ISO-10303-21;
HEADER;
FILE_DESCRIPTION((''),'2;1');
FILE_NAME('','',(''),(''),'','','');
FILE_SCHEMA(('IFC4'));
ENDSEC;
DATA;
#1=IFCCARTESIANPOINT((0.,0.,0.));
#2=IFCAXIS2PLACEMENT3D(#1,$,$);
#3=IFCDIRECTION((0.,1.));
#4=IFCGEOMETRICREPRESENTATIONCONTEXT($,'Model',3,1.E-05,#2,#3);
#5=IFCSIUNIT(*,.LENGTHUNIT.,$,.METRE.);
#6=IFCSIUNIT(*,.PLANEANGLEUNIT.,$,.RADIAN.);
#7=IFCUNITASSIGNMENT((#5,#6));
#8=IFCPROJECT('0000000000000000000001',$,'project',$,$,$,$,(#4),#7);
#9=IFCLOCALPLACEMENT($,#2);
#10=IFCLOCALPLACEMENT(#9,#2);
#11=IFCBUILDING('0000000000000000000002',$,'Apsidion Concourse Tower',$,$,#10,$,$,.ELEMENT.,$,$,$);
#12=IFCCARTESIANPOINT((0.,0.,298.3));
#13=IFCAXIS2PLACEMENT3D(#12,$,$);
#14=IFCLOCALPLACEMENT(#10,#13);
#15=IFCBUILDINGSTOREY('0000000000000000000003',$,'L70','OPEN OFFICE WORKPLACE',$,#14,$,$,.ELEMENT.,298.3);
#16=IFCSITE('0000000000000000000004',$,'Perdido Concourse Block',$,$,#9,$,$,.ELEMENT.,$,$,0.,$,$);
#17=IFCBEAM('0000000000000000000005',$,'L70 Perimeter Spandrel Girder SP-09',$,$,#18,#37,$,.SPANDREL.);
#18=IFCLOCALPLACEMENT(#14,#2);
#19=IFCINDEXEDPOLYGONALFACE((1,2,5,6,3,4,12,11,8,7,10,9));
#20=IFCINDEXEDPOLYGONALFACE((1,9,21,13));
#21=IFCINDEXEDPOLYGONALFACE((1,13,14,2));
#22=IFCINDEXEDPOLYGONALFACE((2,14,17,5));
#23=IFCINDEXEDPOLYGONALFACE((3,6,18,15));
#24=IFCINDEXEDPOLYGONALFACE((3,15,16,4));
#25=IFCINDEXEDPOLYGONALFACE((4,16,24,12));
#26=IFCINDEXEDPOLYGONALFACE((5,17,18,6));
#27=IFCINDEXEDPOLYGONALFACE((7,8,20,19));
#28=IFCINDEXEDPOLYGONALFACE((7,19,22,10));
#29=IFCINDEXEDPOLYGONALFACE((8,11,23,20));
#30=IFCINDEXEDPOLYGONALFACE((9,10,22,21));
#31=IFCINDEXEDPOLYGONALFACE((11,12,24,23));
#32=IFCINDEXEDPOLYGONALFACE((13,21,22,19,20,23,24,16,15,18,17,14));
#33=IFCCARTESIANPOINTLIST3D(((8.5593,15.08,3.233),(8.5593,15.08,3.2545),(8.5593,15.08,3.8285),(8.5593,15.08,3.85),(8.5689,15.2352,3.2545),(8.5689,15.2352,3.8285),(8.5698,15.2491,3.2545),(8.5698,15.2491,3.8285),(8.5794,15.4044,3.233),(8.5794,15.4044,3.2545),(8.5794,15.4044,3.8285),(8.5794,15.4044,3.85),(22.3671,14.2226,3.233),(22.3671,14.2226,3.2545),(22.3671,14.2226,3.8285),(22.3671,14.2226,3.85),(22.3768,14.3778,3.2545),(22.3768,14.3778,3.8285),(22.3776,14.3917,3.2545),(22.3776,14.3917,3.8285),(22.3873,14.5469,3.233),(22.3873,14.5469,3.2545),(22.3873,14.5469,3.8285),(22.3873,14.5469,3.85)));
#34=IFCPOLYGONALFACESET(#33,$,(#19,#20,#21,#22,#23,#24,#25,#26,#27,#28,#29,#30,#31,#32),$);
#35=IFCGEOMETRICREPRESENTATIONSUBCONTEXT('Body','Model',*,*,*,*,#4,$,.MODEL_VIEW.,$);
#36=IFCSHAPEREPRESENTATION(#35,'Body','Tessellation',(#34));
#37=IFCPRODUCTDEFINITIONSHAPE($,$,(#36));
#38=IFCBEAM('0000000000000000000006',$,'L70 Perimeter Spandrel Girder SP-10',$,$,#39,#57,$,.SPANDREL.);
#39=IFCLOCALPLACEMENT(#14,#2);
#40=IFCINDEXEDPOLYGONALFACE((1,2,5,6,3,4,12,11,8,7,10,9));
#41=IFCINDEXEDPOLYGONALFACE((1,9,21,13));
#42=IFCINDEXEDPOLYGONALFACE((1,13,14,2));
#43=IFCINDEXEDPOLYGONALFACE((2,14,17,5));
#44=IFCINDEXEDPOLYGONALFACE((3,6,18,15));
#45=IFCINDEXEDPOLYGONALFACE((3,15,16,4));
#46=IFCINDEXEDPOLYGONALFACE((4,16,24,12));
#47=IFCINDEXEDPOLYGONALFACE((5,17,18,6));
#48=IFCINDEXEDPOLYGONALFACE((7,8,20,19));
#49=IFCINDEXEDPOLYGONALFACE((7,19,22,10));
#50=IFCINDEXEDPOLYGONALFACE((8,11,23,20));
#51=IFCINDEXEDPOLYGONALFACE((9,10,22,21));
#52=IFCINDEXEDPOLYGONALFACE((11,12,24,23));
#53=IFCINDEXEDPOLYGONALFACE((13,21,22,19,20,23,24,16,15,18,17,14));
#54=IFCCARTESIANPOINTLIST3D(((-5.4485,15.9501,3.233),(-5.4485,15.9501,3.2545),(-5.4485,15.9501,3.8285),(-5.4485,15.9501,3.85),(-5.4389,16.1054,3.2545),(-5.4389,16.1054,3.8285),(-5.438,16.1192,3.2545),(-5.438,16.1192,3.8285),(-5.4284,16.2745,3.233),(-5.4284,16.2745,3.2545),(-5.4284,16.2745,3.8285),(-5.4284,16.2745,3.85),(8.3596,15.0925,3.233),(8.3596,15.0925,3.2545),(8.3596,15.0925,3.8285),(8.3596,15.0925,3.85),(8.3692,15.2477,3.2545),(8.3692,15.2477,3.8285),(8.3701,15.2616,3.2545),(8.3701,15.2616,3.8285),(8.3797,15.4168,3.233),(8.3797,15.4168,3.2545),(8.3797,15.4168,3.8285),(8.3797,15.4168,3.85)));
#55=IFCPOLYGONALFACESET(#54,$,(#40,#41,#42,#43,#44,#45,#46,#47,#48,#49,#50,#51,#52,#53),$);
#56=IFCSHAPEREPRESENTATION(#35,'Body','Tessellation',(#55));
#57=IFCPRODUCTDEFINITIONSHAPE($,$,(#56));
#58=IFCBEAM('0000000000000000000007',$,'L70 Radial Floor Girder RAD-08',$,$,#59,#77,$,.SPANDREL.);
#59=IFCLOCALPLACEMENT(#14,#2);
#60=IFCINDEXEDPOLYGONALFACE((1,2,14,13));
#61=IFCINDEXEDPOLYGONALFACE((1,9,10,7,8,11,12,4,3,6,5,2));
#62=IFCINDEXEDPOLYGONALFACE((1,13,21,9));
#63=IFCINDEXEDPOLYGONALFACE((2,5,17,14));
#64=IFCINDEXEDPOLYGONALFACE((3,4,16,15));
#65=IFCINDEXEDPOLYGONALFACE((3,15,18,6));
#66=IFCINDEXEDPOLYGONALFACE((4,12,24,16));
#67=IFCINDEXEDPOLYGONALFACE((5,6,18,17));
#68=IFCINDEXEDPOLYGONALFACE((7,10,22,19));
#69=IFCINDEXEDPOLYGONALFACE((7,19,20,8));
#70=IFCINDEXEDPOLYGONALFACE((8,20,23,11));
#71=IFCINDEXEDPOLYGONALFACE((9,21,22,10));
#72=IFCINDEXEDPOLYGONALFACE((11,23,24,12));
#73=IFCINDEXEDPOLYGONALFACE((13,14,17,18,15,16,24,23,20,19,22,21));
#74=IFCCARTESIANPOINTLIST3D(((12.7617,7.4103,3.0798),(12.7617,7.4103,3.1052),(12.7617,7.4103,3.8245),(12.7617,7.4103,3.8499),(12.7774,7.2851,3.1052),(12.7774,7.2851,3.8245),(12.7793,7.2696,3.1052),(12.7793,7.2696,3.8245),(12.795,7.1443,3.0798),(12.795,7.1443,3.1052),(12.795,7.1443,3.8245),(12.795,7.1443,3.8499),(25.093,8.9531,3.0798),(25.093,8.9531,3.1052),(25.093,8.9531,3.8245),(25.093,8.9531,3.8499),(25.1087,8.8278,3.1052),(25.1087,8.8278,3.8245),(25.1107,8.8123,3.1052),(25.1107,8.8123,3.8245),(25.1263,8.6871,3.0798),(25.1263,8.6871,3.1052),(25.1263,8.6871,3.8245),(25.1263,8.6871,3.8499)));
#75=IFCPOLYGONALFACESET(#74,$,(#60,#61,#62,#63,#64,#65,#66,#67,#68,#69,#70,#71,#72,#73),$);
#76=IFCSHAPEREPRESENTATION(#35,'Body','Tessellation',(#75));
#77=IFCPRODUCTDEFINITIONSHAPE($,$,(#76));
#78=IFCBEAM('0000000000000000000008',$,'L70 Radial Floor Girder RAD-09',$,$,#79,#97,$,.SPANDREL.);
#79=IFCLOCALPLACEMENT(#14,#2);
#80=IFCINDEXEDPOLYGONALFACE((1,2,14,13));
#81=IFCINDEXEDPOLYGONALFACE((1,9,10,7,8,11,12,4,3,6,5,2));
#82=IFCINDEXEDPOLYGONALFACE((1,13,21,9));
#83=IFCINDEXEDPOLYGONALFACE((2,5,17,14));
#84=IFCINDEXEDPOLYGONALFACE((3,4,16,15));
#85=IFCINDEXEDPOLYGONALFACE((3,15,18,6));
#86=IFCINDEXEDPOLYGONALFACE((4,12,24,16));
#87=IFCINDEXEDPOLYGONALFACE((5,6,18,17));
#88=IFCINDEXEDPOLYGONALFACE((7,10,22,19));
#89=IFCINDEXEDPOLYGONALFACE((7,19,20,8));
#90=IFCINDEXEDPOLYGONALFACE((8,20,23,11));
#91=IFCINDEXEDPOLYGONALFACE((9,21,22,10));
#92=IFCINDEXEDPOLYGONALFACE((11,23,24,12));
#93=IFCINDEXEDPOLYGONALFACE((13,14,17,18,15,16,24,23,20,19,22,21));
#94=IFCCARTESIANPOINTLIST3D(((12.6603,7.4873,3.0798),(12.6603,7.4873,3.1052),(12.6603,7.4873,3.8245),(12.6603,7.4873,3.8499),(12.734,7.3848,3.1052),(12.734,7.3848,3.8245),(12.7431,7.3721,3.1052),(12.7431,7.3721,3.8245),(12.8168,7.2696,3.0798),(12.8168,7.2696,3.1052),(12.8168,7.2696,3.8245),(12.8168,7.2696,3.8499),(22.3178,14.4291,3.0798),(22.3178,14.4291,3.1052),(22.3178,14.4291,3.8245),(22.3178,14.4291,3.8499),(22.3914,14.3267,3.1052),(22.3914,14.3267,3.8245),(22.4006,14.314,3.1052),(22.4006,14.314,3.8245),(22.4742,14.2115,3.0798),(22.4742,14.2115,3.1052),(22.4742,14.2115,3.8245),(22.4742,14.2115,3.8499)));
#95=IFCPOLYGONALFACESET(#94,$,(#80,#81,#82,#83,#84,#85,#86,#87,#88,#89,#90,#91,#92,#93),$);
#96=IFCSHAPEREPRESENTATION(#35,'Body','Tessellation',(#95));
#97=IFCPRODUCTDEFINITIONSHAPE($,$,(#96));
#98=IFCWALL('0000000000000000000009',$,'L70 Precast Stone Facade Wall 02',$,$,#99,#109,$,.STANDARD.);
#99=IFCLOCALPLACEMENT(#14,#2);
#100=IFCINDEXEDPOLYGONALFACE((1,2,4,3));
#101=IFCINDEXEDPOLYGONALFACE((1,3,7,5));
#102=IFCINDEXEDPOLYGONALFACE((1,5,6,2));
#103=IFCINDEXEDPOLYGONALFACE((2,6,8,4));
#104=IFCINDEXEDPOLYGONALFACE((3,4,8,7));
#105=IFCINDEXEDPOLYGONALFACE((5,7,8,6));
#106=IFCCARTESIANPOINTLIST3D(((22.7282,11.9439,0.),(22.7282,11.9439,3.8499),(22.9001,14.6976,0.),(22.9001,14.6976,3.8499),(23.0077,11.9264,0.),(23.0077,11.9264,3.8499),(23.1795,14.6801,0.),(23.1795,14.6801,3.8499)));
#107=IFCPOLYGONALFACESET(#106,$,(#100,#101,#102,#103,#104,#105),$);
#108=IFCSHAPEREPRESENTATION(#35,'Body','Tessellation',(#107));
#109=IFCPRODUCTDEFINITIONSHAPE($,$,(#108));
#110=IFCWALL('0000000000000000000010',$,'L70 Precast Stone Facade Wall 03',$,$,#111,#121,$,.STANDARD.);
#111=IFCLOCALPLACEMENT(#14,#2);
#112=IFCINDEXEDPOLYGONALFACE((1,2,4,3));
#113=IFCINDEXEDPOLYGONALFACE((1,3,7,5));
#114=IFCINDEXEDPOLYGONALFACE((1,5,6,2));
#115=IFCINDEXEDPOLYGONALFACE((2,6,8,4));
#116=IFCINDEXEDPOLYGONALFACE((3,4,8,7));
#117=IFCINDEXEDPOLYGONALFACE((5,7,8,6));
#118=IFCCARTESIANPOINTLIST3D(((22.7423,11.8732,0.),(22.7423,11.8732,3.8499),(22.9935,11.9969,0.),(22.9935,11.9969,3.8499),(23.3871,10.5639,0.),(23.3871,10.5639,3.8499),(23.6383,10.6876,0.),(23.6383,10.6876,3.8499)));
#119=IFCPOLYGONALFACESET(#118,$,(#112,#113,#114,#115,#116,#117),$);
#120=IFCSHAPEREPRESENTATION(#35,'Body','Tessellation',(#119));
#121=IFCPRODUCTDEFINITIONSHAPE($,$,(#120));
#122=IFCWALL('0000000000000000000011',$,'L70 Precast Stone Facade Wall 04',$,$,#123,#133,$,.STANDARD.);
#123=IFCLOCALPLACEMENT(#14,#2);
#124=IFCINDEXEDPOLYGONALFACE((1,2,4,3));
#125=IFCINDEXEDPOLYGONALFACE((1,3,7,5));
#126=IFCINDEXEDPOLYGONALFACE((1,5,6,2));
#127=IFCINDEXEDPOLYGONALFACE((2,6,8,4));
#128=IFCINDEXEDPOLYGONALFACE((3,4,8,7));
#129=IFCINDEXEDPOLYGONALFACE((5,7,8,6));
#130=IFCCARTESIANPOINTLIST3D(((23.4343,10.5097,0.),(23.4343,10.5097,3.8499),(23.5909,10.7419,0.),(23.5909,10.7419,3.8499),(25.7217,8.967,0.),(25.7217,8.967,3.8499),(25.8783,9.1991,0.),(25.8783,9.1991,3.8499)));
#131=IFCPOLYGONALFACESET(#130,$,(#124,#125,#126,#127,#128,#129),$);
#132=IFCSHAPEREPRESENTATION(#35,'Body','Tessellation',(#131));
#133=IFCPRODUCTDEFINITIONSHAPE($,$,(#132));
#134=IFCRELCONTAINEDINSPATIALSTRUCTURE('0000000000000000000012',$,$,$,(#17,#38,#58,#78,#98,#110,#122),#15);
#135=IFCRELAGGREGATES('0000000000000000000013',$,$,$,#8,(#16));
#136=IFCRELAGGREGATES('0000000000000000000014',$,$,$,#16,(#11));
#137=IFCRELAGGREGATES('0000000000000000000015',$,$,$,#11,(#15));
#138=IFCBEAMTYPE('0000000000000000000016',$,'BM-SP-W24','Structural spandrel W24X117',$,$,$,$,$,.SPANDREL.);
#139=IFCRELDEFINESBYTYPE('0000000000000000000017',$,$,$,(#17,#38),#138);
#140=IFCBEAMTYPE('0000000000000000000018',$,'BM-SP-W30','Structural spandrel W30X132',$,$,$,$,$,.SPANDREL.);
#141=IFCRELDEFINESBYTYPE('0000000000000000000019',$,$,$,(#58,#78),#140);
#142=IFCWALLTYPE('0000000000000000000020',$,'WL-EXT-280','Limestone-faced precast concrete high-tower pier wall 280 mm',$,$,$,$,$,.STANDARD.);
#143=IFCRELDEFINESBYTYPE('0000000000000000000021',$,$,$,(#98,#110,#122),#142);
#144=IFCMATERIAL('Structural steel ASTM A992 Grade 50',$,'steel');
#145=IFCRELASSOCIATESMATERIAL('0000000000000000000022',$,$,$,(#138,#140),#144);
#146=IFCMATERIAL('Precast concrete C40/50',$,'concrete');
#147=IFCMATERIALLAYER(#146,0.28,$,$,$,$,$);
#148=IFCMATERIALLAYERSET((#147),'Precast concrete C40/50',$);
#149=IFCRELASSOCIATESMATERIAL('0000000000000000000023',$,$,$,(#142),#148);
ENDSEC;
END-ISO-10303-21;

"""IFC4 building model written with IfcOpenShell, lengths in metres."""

from ifc_helpers import new_model, si_unit, direction, frame, frame_2d, origin, origin_2d, place, context, subcontext, project, spatial, rectangle, i_section, extrude, material, layer, layer_set, material_profile, profile_set, type_object, element, save


model = new_model("IFC4")

# Units and contexts
model_context = context("Model", 3, precision=1e-05, world=origin(), true_north=direction((0.0, 1.0)))
body_context = subcontext(model_context, "Body", "Model", "MODEL_VIEW")
ifc_project = project(units=[si_unit("LENGTHUNIT", "METRE"), si_unit("PLANEANGLEUNIT", "RADIAN")], contexts=[model_context])

# Site, building, storey
site_placement = place(None, origin())
site = spatial("IfcSite", under=ifc_project, at=site_placement, Name="Perdido Concourse Block", CompositionType="ELEMENT", RefElevation=0.0)
building_placement = place(site_placement, origin())
building = spatial("IfcBuilding", under=site, at=building_placement, Name="Apsidion Concourse Tower", CompositionType="ELEMENT")
storey_placement = place(building_placement, frame((0.0, 0.0, 298.3)))
storey = spatial("IfcBuildingStorey", under=building, at=storey_placement, Name="L70", Description="OPEN OFFICE WORKPLACE", CompositionType="ELEMENT", Elevation=298.3)

# Shared definitions
ifc_material_1 = material(Name="Structural steel ASTM A992 Grade 50", Category="steel")

# Beams
ifc_material_profile_1 = material_profile(ifc_material_1, i_section(OverallWidth=0.325, OverallDepth=0.6169, WebThickness=0.0139, FlangeThickness=0.0215, at=origin_2d()), Name="W24X117")
ifc_profile_set_1 = profile_set([ifc_material_profile_1], Name="Structural steel ASTM A992 Grade 50")
beam_type_1 = type_object("IfcBeamType", Name="BM-SP-W24", Description="Structural spandrel W24X117", PredefinedType="SPANDREL", material=ifc_profile_set_1)
beam_1_placement = place(storey_placement, frame((22.3772, 14.3848, 3.5415), z_axis=(-0.998078, 0.061977, 0.0), x_axis=(-0.061977, -0.998078, 0.0)))
element("IfcBeam", 1, at=beam_1_placement, inside=storey, type_object=beam_type_1, Name="L70 Perimeter Spandrel Girder SP-09", PredefinedType="SPANDREL", context=body_context, shape_type="SweptSolid", body=[
    extrude(i_section(OverallWidth=0.325, OverallDepth=0.6169, WebThickness=0.0139, FlangeThickness=0.0215, at=origin_2d()), origin(), (0.0, 0.0, 1.0), 13.8345),
])
beam_2_placement = place(storey_placement, frame((8.3696, 15.2546, 3.5415), z_axis=(-0.998077, 0.061994, 0.0), x_axis=(-0.061994, -0.998077, 0.0)))
element("IfcBeam", 2, at=beam_2_placement, inside=storey, type_object=beam_type_1, Name="L70 Perimeter Spandrel Girder SP-10", PredefinedType="SPANDREL", context=body_context, shape_type="SweptSolid", body=[
    extrude(i_section(OverallWidth=0.325, OverallDepth=0.6169, WebThickness=0.0139, FlangeThickness=0.0215, at=origin_2d()), origin(), (0.0, 0.0, 1.0), 13.8347),
])
ifc_material_profile_2 = material_profile(ifc_material_1, i_section(OverallWidth=0.2681, OverallDepth=0.77, WebThickness=0.0156, FlangeThickness=0.0254, at=origin_2d()), Name="W30X132")
ifc_profile_set_2 = profile_set([ifc_material_profile_2], Name="Structural steel ASTM A992 Grade 50")
beam_type_2 = type_object("IfcBeamType", Name="BM-SP-W30", Description="Structural spandrel W30X132", PredefinedType="SPANDREL", material=ifc_profile_set_2)
beam_3_placement = place(storey_placement, frame((12.7783, 7.2773, 3.4648), z_axis=(0.992265, 0.124139, 0.0), x_axis=(-0.124139, 0.992265, 0.0)))
element("IfcBeam", 3, at=beam_3_placement, inside=storey, type_object=beam_type_2, Name="L70 Radial Floor Girder RAD-08", PredefinedType="SPANDREL", context=body_context, shape_type="SweptSolid", body=[
    extrude(i_section(OverallWidth=0.2681, OverallDepth=0.77, WebThickness=0.0156, FlangeThickness=0.0254, at=origin_2d()), origin(), (0.0, 0.0, 1.0), 12.4275),
])
beam_4_placement = place(storey_placement, frame((12.7385, 7.3784, 3.4648), z_axis=(0.811992, 0.583669, 0.0), x_axis=(-0.583669, 0.811992, 0.0)))
element("IfcBeam", 4, at=beam_4_placement, inside=storey, type_object=beam_type_2, Name="L70 Radial Floor Girder RAD-09", PredefinedType="SPANDREL", context=body_context, shape_type="SweptSolid", body=[
    extrude(i_section(OverallWidth=0.2681, OverallDepth=0.77, WebThickness=0.0156, FlangeThickness=0.0254, at=origin_2d()), origin(), (0.0, 0.0, 1.0), 11.8936),
])

# Walls
ifc_material_2 = material(Name="Precast concrete C40/50", Category="concrete")
ifc_layer_1 = layer(ifc_material_2, 0.28)
ifc_layer_set_1 = layer_set([ifc_layer_1], Name="Precast concrete C40/50")
wall_type_1 = type_object("IfcWallType", Name="WL-EXT-280", Description="Limestone-faced precast concrete high-tower pier wall 280 mm", PredefinedType="STANDARD", material=ifc_layer_set_1)
wall_1_placement = place(storey_placement, frame((23.0398, 14.6887, 0.0), z_axis=(0.0, 0.0, 1.0), x_axis=(-0.062296, -0.998058, 0.0)))
element("IfcWall", 5, at=wall_1_placement, inside=storey, type_object=wall_type_1, Name="L70 Precast Stone Facade Wall 02", PredefinedType="STANDARD", context=body_context, shape_type="SweptSolid", body=[
    extrude(rectangle(XDim=2.759, YDim=0.28, at=frame_2d((1.3794, 0.0))), origin(), (0.0, 0.0, 1.0), 3.8499),
])
wall_2_placement = place(storey_placement, frame((22.8679, 11.9351, 0.0), z_axis=(0.0, 0.0, 1.0), x_axis=(0.441786, -0.897121, 0.0)))
element("IfcWall", 6, at=wall_2_placement, inside=storey, type_object=wall_type_1, Name="L70 Precast Stone Facade Wall 03", PredefinedType="STANDARD", context=body_context, shape_type="SweptSolid", body=[
    extrude(rectangle(XDim=1.4595, YDim=0.28, at=frame_2d((0.7297, 0.0))), origin(), (0.0, 0.0, 1.0), 3.8499),
])
wall_3_placement = place(storey_placement, frame((23.5127, 10.6257, 0.0), z_axis=(0.0, 0.0, 1.0), x_axis=(0.829057, -0.559164, 0.0)))
element("IfcWall", 7, at=wall_3_placement, inside=storey, type_object=wall_type_1, Name="L70 Precast Stone Facade Wall 04", PredefinedType="STANDARD", context=body_context, shape_type="SweptSolid", body=[
    extrude(rectangle(XDim=2.759, YDim=0.28, at=frame_2d((1.3794, 0.0))), origin(), (0.0, 0.0, 1.0), 3.8499),
])

save(model, "model.ifc")
